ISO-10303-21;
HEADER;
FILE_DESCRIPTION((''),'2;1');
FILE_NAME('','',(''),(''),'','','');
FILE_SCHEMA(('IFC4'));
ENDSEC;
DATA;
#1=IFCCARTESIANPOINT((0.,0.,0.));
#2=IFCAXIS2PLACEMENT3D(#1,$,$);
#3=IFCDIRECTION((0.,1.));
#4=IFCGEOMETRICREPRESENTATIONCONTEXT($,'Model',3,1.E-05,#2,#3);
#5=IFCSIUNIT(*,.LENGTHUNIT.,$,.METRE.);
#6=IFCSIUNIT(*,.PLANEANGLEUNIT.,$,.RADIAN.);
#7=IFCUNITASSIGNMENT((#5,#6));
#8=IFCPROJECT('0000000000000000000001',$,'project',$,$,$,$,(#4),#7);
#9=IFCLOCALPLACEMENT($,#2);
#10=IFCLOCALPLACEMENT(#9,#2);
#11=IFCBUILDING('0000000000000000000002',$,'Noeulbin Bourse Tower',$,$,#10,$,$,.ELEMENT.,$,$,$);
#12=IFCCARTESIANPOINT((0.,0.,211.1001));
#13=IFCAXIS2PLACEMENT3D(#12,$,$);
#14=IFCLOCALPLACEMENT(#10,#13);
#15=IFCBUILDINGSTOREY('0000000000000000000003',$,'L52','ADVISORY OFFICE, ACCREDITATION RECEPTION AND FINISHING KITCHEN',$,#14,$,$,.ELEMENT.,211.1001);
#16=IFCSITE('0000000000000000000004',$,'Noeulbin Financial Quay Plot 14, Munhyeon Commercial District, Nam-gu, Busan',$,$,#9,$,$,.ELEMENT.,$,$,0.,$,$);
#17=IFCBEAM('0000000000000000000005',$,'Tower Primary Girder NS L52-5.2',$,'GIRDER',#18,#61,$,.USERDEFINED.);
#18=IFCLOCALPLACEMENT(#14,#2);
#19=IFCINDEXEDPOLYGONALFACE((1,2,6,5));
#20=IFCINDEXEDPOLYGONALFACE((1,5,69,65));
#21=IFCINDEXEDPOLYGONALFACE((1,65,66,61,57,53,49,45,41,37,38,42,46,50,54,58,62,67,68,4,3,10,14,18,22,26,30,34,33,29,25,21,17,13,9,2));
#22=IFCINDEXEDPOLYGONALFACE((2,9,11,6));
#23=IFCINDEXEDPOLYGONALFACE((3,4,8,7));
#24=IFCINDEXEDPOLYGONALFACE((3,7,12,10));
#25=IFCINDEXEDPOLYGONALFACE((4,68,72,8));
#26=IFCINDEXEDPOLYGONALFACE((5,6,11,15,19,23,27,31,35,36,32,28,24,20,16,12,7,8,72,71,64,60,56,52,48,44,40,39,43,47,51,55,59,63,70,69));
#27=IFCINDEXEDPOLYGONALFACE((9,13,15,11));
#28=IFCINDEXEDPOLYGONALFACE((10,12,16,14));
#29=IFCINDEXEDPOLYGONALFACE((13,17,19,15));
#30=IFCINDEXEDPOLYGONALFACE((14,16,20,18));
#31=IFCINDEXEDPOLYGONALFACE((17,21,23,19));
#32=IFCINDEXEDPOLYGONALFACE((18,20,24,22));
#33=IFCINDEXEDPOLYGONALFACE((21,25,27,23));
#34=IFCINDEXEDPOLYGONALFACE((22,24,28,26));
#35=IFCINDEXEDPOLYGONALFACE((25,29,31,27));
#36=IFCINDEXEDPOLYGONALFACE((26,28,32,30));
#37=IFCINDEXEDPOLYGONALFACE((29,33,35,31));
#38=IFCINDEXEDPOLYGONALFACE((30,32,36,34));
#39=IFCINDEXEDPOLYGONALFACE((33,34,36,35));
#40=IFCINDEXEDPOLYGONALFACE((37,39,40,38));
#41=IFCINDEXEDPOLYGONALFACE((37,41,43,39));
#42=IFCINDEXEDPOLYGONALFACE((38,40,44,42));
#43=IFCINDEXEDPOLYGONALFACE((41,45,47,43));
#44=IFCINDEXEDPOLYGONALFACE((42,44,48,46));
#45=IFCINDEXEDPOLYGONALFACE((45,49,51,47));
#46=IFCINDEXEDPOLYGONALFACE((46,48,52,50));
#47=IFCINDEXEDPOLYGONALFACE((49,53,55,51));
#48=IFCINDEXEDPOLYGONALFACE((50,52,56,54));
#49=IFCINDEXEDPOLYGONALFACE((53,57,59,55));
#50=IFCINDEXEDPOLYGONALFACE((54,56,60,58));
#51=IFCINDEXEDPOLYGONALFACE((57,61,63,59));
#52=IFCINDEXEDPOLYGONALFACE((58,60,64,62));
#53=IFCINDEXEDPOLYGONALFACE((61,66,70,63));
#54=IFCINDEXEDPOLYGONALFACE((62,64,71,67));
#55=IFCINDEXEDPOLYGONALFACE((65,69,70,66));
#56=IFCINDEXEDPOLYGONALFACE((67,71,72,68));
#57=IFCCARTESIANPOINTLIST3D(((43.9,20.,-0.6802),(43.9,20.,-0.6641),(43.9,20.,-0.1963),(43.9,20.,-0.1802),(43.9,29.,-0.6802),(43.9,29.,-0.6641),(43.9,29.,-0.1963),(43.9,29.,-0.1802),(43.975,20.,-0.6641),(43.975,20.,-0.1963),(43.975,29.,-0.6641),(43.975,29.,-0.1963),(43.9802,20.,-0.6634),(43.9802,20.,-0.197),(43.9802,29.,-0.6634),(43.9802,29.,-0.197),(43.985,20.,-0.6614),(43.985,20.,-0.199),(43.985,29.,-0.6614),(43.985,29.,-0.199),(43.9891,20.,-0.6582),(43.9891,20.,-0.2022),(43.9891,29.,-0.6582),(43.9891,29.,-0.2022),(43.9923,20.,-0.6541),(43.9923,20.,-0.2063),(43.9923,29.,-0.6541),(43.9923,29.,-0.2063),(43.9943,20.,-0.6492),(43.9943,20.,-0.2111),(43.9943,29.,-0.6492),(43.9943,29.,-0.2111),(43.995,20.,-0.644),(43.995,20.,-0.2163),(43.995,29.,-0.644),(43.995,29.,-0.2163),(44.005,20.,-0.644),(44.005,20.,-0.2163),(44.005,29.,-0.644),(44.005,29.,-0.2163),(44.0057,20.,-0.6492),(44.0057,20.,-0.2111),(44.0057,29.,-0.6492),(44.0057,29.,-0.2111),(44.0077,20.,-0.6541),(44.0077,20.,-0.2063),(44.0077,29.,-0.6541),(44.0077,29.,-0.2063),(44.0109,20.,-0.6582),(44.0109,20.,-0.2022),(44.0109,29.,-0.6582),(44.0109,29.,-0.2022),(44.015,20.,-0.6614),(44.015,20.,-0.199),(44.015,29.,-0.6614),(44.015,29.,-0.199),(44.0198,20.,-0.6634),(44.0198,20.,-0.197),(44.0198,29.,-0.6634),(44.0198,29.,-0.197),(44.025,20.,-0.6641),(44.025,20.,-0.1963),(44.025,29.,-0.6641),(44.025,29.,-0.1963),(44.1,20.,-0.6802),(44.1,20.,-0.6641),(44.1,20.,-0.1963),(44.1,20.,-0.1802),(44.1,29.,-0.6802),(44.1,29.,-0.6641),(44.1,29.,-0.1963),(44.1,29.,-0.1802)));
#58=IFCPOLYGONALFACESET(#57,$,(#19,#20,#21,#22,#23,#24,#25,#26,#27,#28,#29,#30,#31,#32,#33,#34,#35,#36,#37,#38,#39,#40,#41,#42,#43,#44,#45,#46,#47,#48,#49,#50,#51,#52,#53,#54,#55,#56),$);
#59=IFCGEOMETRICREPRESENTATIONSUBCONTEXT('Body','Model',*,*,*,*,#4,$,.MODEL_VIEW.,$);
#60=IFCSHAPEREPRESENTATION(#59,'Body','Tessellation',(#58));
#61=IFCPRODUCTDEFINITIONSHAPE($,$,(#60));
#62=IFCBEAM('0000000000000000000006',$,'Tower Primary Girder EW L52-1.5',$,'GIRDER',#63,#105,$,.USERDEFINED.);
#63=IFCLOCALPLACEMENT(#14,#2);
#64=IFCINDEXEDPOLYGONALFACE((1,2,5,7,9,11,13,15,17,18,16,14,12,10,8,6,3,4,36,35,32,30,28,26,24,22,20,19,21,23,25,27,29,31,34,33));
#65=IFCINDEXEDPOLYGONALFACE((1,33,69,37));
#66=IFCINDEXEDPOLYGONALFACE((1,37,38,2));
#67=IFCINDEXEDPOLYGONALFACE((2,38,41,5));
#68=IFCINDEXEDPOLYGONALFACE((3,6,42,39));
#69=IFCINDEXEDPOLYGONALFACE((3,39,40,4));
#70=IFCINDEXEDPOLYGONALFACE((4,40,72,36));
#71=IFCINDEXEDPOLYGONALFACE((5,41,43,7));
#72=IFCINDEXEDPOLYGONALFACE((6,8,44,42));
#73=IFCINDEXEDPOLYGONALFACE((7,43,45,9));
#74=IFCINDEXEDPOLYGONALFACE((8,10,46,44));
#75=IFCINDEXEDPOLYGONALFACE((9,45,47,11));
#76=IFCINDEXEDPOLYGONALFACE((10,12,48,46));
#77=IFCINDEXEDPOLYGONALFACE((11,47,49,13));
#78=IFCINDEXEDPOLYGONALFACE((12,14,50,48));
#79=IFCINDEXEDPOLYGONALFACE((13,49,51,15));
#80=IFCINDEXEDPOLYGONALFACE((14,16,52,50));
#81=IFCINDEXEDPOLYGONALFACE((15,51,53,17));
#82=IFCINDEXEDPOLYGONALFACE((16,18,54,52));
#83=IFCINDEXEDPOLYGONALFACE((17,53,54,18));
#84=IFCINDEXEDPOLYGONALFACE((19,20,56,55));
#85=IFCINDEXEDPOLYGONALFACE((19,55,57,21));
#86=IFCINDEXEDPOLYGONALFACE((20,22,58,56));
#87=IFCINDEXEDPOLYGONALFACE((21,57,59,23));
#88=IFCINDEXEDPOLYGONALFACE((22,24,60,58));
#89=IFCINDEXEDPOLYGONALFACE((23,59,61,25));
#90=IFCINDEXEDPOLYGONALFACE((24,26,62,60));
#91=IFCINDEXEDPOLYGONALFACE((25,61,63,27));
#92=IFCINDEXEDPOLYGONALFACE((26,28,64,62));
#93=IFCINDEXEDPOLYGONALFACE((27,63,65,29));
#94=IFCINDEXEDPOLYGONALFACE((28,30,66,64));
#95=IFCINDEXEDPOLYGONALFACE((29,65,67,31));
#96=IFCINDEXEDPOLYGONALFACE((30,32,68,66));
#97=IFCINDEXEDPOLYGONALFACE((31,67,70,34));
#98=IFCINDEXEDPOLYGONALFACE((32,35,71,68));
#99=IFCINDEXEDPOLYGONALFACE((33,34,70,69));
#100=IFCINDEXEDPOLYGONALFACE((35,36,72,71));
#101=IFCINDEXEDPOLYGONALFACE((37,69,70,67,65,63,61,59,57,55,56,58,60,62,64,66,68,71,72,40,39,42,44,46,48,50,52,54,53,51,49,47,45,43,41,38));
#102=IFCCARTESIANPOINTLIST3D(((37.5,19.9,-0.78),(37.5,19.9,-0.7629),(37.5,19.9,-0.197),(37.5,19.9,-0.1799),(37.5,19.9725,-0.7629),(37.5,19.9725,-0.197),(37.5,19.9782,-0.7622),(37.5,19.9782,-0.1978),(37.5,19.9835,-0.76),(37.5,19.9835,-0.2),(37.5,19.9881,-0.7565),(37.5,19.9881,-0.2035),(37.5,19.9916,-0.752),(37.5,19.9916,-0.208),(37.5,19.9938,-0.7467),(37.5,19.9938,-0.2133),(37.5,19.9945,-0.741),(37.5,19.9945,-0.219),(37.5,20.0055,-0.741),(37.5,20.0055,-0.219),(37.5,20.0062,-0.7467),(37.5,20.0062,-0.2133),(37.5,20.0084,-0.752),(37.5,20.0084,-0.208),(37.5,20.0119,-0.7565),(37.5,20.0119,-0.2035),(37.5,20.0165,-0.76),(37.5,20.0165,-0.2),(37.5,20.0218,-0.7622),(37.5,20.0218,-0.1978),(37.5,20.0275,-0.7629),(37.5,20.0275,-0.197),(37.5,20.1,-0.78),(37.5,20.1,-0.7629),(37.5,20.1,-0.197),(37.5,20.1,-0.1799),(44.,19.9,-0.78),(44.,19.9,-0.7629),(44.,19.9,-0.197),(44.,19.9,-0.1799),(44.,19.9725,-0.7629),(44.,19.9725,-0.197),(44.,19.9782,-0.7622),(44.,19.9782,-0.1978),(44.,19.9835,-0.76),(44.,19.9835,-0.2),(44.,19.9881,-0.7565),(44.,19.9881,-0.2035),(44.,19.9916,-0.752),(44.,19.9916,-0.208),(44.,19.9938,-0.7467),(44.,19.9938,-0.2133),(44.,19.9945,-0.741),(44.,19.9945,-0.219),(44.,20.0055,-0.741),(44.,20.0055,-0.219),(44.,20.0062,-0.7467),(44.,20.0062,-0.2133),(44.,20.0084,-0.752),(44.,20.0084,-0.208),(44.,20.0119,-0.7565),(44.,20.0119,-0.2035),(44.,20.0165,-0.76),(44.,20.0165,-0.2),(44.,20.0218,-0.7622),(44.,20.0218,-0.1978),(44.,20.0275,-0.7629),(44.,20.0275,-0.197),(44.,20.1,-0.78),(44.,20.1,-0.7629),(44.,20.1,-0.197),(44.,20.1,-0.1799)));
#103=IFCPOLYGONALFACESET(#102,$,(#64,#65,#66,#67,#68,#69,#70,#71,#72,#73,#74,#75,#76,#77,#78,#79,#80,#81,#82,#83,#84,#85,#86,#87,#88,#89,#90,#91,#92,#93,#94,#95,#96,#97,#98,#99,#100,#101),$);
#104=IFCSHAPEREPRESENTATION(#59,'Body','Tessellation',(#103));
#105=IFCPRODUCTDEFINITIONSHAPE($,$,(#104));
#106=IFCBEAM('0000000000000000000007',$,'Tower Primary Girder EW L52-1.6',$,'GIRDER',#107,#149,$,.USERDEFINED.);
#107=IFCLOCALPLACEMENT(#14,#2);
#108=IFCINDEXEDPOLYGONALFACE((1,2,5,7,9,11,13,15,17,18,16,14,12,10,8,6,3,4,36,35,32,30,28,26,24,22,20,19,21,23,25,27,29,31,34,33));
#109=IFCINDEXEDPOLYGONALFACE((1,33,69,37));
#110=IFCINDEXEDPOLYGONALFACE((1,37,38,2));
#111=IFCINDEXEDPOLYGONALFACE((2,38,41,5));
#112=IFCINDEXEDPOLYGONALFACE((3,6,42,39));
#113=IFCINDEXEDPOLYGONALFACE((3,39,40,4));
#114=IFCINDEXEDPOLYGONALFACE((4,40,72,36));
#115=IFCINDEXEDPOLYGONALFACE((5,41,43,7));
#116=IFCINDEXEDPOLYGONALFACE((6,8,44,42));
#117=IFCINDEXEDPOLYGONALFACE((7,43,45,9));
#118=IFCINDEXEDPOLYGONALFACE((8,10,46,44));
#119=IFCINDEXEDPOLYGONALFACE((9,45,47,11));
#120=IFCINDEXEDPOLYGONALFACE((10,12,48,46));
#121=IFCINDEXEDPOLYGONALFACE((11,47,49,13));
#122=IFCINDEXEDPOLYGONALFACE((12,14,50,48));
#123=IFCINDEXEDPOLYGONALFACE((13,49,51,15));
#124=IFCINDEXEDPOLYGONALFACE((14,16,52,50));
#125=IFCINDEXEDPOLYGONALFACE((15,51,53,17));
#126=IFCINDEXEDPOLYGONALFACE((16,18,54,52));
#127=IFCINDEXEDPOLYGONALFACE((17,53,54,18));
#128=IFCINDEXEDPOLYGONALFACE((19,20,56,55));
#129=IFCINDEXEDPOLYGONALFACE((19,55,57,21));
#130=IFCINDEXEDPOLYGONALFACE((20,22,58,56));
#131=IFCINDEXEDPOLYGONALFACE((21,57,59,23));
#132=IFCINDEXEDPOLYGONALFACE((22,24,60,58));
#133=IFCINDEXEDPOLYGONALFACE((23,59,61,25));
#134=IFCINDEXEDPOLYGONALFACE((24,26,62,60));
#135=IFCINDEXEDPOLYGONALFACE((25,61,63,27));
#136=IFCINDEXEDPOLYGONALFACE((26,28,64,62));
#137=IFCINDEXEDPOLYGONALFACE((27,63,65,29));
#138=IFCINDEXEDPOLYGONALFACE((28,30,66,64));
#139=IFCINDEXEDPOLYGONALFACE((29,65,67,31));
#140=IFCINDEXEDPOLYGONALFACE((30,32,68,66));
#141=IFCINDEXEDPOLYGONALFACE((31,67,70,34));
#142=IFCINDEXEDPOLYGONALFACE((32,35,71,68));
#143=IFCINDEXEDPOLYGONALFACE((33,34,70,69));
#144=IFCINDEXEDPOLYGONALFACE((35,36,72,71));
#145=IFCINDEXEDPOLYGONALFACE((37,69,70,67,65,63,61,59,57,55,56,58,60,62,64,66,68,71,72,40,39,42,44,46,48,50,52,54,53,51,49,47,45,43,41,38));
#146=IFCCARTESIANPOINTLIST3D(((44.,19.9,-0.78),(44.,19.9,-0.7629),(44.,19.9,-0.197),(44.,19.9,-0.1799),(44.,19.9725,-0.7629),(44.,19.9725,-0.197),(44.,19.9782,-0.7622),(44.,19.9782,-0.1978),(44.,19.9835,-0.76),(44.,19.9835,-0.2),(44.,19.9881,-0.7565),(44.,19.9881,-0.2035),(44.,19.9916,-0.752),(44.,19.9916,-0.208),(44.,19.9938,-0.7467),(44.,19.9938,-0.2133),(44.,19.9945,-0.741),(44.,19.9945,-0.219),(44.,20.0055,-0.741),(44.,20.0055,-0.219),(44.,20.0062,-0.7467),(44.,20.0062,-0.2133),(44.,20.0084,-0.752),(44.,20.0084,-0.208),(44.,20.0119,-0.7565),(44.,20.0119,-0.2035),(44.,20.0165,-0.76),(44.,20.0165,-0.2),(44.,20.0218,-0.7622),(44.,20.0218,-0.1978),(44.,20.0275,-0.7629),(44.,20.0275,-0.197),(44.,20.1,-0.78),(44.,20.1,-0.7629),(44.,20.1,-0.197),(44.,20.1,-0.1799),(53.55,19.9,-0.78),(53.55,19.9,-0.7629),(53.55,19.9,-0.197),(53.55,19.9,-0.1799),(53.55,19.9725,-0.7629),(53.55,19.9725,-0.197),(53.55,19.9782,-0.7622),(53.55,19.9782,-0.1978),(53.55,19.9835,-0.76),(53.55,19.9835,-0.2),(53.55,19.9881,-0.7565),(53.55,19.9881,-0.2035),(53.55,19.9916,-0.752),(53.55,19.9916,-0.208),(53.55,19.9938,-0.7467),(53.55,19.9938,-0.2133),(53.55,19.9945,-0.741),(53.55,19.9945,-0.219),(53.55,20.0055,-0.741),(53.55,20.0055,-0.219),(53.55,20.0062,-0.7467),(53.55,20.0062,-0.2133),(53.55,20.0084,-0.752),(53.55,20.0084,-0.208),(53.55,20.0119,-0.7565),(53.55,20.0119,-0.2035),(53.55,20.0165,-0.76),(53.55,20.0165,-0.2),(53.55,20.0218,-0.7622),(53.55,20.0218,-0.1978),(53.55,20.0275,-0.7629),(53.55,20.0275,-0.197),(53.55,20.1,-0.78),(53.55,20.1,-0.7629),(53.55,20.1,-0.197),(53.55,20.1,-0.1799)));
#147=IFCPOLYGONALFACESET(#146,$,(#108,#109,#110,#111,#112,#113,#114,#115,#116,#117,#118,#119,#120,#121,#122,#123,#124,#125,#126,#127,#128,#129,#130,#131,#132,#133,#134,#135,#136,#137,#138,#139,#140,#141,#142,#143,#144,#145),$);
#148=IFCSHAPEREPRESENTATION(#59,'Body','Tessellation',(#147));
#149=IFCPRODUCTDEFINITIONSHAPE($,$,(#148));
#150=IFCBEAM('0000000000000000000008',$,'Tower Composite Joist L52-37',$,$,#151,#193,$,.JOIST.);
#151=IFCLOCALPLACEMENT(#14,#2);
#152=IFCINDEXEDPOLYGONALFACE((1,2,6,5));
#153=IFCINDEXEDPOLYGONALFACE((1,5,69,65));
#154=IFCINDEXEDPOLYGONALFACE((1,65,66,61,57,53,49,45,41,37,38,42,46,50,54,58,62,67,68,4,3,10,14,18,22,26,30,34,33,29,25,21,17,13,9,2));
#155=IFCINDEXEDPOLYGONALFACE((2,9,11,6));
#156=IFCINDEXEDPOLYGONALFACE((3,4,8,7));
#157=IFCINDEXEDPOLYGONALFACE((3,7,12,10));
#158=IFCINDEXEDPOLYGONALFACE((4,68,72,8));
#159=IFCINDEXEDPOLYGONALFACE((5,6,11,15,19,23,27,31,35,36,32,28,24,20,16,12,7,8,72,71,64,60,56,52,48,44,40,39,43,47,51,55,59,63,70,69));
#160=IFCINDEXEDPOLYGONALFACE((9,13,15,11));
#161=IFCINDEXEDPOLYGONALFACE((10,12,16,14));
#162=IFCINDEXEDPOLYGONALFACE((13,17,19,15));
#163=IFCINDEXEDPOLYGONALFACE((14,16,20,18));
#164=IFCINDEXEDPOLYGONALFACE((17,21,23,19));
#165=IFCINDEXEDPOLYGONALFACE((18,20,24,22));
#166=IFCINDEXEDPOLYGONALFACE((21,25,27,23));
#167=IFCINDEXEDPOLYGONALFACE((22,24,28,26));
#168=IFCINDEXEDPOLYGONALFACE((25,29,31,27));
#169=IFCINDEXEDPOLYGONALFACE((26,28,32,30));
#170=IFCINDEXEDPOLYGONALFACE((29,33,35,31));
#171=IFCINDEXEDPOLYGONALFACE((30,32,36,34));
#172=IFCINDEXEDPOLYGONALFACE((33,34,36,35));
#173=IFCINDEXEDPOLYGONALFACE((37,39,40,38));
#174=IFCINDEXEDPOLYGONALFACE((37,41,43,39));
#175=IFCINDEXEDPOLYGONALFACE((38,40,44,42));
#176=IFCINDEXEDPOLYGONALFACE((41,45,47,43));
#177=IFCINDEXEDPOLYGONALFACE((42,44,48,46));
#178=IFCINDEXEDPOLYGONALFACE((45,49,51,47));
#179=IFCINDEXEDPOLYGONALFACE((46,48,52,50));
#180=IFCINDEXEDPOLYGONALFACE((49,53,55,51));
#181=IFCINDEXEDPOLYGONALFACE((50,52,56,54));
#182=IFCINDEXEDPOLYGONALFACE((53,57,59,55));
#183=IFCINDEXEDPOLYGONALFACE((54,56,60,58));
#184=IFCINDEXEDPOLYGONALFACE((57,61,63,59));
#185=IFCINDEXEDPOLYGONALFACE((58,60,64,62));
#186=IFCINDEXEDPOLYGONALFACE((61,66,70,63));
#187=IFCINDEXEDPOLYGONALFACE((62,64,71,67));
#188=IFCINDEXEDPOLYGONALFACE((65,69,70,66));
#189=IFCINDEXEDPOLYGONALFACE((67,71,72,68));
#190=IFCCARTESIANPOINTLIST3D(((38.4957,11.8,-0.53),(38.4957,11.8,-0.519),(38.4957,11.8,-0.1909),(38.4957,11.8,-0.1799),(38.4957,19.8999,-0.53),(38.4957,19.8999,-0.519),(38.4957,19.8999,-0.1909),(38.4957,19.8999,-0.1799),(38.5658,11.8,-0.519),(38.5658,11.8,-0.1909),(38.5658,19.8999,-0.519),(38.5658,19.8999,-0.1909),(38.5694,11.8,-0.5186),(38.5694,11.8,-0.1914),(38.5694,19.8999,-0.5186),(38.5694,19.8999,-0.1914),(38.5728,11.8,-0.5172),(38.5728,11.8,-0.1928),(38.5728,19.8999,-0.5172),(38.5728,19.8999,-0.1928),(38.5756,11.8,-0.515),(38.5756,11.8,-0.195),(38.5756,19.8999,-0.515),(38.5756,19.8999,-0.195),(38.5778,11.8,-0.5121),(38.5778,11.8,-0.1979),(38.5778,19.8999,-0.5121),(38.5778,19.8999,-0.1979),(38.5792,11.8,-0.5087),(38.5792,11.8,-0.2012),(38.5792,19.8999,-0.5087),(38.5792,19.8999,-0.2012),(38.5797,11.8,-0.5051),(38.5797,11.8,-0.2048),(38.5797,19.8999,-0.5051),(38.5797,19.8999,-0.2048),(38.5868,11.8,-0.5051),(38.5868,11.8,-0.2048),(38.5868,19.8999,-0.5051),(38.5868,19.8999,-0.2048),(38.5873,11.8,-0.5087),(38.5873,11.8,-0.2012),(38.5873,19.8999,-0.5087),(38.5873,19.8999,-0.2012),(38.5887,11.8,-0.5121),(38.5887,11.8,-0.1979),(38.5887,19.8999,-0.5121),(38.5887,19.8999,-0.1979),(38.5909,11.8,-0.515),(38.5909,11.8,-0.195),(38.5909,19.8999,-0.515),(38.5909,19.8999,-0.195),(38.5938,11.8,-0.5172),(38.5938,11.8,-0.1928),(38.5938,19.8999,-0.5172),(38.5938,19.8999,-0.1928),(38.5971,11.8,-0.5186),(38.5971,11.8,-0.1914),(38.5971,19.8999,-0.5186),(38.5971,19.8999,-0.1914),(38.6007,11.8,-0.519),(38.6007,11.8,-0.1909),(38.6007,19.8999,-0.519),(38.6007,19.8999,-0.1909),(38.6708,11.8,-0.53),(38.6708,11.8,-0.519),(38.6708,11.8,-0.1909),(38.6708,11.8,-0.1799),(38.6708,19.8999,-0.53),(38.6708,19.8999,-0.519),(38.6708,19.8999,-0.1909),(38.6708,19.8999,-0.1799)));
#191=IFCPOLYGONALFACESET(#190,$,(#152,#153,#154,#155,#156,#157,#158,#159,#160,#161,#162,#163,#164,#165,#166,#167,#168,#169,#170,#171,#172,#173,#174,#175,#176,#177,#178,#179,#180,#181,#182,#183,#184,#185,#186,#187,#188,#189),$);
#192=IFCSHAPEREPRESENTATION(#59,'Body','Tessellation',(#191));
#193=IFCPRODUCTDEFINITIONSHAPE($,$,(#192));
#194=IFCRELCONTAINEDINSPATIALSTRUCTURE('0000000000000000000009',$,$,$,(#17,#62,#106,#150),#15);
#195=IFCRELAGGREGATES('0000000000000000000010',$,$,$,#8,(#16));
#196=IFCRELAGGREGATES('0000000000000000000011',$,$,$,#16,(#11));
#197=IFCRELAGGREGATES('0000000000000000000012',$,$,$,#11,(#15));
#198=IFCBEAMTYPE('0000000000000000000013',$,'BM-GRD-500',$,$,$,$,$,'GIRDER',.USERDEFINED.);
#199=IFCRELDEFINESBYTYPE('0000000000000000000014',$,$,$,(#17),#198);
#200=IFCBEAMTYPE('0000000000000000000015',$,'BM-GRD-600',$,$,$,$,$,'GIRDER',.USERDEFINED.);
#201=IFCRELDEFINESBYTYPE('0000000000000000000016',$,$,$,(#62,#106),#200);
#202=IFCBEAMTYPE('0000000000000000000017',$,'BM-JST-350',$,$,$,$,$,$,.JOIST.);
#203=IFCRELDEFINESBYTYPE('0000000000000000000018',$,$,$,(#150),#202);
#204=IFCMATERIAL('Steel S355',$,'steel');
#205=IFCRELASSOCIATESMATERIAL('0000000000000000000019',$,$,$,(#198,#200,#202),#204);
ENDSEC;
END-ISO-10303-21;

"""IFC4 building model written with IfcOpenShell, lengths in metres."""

from ifc_helpers import new_model, si_unit, direction, frame, origin, origin_2d, place, context, subcontext, project, spatial, i_section, extrude, material, material_profile, profile_set, type_object, element, save


model = new_model("IFC4")

# Units and contexts
model_context = context("Model", 3, precision=1e-05, world=origin(), true_north=direction((0.0, 1.0)))
body_context = subcontext(model_context, "Body", "Model", "MODEL_VIEW")
ifc_project = project(units=[si_unit("LENGTHUNIT", "METRE"), si_unit("PLANEANGLEUNIT", "RADIAN")], contexts=[model_context])

# Site, building, storey
site_placement = place(None, origin())
site = spatial("IfcSite", under=ifc_project, at=site_placement, Name="Noeulbin Financial Quay Plot 14, Munhyeon Commercial District, Nam-gu, Busan", CompositionType="ELEMENT", RefElevation=0.0)
building_placement = place(site_placement, origin())
building = spatial("IfcBuilding", under=site, at=building_placement, Name="Noeulbin Bourse Tower", CompositionType="ELEMENT")
storey_placement = place(building_placement, frame((0.0, 0.0, 211.1001)))
storey = spatial("IfcBuildingStorey", under=building, at=storey_placement, Name="L52", Description="ADVISORY OFFICE, ACCREDITATION RECEPTION AND FINISHING KITCHEN", CompositionType="ELEMENT", Elevation=211.1001)

# Shared definitions
ifc_material_1 = material(Name="Steel S355", Category="steel")

# Beams
ifc_material_profile_1 = material_profile(ifc_material_1, i_section(OverallWidth=0.2, OverallDepth=0.5, WebThickness=0.01, FlangeThickness=0.0161, FilletRadius=0.02, at=origin_2d()), Name="H-500x200x10x16", Category="LoadBearing")
ifc_profile_set_1 = profile_set([ifc_material_profile_1], Name="Steel S355")
beam_type_1 = type_object("IfcBeamType", Name="BM-GRD-500", ElementType="GIRDER", PredefinedType="USERDEFINED", material=ifc_profile_set_1)
beam_1_placement = place(storey_placement, frame((44.0, 20.0, -0.4302), z_axis=(0.0, 1.0, 0.0), x_axis=(-1.0, 0.0, 0.0)))
element("IfcBeam", 1, at=beam_1_placement, inside=storey, type_object=beam_type_1, Name="Tower Primary Girder NS L52-5.2", ObjectType="GIRDER", PredefinedType="USERDEFINED", context=body_context, shape_type="SweptSolid", body=[
    extrude(i_section(OverallWidth=0.2, OverallDepth=0.5, WebThickness=0.01, FlangeThickness=0.0161, FilletRadius=0.02, at=origin_2d()), origin(), (0.0, 0.0, 1.0), 9.0),
])
ifc_material_profile_2 = material_profile(ifc_material_1, i_section(OverallWidth=0.2, OverallDepth=0.6001, WebThickness=0.011, FlangeThickness=0.0171, FilletRadius=0.022, at=origin_2d()), Name="H-600x200x11x17", Category="LoadBearing")
ifc_profile_set_2 = profile_set([ifc_material_profile_2], Name="Steel S355")
beam_type_2 = type_object("IfcBeamType", Name="BM-GRD-600", ElementType="GIRDER", PredefinedType="USERDEFINED", material=ifc_profile_set_2)
beam_2_placement = place(storey_placement, frame((37.5, 20.0, -0.48), z_axis=(1.0, 0.0, 0.0), x_axis=(0.0, 1.0, 0.0)))
element("IfcBeam", 2, at=beam_2_placement, inside=storey, type_object=beam_type_2, Name="Tower Primary Girder EW L52-1.5", ObjectType="GIRDER", PredefinedType="USERDEFINED", context=body_context, shape_type="SweptSolid", body=[
    extrude(i_section(OverallWidth=0.2, OverallDepth=0.6001, WebThickness=0.011, FlangeThickness=0.0171, FilletRadius=0.022, at=origin_2d()), origin(), (0.0, 0.0, 1.0), 6.5),
])
beam_3_placement = place(storey_placement, frame((44.0, 20.0, -0.48), z_axis=(1.0, 0.0, 0.0), x_axis=(0.0, 1.0, 0.0)))
element("IfcBeam", 3, at=beam_3_placement, inside=storey, type_object=beam_type_2, Name="Tower Primary Girder EW L52-1.6", ObjectType="GIRDER", PredefinedType="USERDEFINED", context=body_context, shape_type="SweptSolid", body=[
    extrude(i_section(OverallWidth=0.2, OverallDepth=0.6001, WebThickness=0.011, FlangeThickness=0.0171, FilletRadius=0.022, at=origin_2d()), origin(), (0.0, 0.0, 1.0), 9.55),
])
ifc_material_profile_3 = material_profile(ifc_material_1, i_section(OverallWidth=0.175, OverallDepth=0.3501, WebThickness=0.0071, FlangeThickness=0.011, FilletRadius=0.0139, at=origin_2d()), Name="H-350x175x7x11", Category="LoadBearing")
ifc_profile_set_3 = profile_set([ifc_material_profile_3], Name="Steel S355")
beam_type_3 = type_object("IfcBeamType", Name="BM-JST-350", PredefinedType="JOIST", material=ifc_profile_set_3)
beam_4_placement = place(storey_placement, frame((38.5833, 11.8, -0.355), z_axis=(0.0, 1.0, 0.0), x_axis=(-1.0, 0.0, 0.0)))
element("IfcBeam", 4, at=beam_4_placement, inside=storey, type_object=beam_type_3, Name="Tower Composite Joist L52-37", PredefinedType="JOIST", context=body_context, shape_type="SweptSolid", body=[
    extrude(i_section(OverallWidth=0.175, OverallDepth=0.3501, WebThickness=0.0071, FlangeThickness=0.011, FilletRadius=0.0139, at=origin_2d()), origin(), (0.0, 0.0, 1.0), 8.0999),
])

save(model, "model.ifc")
